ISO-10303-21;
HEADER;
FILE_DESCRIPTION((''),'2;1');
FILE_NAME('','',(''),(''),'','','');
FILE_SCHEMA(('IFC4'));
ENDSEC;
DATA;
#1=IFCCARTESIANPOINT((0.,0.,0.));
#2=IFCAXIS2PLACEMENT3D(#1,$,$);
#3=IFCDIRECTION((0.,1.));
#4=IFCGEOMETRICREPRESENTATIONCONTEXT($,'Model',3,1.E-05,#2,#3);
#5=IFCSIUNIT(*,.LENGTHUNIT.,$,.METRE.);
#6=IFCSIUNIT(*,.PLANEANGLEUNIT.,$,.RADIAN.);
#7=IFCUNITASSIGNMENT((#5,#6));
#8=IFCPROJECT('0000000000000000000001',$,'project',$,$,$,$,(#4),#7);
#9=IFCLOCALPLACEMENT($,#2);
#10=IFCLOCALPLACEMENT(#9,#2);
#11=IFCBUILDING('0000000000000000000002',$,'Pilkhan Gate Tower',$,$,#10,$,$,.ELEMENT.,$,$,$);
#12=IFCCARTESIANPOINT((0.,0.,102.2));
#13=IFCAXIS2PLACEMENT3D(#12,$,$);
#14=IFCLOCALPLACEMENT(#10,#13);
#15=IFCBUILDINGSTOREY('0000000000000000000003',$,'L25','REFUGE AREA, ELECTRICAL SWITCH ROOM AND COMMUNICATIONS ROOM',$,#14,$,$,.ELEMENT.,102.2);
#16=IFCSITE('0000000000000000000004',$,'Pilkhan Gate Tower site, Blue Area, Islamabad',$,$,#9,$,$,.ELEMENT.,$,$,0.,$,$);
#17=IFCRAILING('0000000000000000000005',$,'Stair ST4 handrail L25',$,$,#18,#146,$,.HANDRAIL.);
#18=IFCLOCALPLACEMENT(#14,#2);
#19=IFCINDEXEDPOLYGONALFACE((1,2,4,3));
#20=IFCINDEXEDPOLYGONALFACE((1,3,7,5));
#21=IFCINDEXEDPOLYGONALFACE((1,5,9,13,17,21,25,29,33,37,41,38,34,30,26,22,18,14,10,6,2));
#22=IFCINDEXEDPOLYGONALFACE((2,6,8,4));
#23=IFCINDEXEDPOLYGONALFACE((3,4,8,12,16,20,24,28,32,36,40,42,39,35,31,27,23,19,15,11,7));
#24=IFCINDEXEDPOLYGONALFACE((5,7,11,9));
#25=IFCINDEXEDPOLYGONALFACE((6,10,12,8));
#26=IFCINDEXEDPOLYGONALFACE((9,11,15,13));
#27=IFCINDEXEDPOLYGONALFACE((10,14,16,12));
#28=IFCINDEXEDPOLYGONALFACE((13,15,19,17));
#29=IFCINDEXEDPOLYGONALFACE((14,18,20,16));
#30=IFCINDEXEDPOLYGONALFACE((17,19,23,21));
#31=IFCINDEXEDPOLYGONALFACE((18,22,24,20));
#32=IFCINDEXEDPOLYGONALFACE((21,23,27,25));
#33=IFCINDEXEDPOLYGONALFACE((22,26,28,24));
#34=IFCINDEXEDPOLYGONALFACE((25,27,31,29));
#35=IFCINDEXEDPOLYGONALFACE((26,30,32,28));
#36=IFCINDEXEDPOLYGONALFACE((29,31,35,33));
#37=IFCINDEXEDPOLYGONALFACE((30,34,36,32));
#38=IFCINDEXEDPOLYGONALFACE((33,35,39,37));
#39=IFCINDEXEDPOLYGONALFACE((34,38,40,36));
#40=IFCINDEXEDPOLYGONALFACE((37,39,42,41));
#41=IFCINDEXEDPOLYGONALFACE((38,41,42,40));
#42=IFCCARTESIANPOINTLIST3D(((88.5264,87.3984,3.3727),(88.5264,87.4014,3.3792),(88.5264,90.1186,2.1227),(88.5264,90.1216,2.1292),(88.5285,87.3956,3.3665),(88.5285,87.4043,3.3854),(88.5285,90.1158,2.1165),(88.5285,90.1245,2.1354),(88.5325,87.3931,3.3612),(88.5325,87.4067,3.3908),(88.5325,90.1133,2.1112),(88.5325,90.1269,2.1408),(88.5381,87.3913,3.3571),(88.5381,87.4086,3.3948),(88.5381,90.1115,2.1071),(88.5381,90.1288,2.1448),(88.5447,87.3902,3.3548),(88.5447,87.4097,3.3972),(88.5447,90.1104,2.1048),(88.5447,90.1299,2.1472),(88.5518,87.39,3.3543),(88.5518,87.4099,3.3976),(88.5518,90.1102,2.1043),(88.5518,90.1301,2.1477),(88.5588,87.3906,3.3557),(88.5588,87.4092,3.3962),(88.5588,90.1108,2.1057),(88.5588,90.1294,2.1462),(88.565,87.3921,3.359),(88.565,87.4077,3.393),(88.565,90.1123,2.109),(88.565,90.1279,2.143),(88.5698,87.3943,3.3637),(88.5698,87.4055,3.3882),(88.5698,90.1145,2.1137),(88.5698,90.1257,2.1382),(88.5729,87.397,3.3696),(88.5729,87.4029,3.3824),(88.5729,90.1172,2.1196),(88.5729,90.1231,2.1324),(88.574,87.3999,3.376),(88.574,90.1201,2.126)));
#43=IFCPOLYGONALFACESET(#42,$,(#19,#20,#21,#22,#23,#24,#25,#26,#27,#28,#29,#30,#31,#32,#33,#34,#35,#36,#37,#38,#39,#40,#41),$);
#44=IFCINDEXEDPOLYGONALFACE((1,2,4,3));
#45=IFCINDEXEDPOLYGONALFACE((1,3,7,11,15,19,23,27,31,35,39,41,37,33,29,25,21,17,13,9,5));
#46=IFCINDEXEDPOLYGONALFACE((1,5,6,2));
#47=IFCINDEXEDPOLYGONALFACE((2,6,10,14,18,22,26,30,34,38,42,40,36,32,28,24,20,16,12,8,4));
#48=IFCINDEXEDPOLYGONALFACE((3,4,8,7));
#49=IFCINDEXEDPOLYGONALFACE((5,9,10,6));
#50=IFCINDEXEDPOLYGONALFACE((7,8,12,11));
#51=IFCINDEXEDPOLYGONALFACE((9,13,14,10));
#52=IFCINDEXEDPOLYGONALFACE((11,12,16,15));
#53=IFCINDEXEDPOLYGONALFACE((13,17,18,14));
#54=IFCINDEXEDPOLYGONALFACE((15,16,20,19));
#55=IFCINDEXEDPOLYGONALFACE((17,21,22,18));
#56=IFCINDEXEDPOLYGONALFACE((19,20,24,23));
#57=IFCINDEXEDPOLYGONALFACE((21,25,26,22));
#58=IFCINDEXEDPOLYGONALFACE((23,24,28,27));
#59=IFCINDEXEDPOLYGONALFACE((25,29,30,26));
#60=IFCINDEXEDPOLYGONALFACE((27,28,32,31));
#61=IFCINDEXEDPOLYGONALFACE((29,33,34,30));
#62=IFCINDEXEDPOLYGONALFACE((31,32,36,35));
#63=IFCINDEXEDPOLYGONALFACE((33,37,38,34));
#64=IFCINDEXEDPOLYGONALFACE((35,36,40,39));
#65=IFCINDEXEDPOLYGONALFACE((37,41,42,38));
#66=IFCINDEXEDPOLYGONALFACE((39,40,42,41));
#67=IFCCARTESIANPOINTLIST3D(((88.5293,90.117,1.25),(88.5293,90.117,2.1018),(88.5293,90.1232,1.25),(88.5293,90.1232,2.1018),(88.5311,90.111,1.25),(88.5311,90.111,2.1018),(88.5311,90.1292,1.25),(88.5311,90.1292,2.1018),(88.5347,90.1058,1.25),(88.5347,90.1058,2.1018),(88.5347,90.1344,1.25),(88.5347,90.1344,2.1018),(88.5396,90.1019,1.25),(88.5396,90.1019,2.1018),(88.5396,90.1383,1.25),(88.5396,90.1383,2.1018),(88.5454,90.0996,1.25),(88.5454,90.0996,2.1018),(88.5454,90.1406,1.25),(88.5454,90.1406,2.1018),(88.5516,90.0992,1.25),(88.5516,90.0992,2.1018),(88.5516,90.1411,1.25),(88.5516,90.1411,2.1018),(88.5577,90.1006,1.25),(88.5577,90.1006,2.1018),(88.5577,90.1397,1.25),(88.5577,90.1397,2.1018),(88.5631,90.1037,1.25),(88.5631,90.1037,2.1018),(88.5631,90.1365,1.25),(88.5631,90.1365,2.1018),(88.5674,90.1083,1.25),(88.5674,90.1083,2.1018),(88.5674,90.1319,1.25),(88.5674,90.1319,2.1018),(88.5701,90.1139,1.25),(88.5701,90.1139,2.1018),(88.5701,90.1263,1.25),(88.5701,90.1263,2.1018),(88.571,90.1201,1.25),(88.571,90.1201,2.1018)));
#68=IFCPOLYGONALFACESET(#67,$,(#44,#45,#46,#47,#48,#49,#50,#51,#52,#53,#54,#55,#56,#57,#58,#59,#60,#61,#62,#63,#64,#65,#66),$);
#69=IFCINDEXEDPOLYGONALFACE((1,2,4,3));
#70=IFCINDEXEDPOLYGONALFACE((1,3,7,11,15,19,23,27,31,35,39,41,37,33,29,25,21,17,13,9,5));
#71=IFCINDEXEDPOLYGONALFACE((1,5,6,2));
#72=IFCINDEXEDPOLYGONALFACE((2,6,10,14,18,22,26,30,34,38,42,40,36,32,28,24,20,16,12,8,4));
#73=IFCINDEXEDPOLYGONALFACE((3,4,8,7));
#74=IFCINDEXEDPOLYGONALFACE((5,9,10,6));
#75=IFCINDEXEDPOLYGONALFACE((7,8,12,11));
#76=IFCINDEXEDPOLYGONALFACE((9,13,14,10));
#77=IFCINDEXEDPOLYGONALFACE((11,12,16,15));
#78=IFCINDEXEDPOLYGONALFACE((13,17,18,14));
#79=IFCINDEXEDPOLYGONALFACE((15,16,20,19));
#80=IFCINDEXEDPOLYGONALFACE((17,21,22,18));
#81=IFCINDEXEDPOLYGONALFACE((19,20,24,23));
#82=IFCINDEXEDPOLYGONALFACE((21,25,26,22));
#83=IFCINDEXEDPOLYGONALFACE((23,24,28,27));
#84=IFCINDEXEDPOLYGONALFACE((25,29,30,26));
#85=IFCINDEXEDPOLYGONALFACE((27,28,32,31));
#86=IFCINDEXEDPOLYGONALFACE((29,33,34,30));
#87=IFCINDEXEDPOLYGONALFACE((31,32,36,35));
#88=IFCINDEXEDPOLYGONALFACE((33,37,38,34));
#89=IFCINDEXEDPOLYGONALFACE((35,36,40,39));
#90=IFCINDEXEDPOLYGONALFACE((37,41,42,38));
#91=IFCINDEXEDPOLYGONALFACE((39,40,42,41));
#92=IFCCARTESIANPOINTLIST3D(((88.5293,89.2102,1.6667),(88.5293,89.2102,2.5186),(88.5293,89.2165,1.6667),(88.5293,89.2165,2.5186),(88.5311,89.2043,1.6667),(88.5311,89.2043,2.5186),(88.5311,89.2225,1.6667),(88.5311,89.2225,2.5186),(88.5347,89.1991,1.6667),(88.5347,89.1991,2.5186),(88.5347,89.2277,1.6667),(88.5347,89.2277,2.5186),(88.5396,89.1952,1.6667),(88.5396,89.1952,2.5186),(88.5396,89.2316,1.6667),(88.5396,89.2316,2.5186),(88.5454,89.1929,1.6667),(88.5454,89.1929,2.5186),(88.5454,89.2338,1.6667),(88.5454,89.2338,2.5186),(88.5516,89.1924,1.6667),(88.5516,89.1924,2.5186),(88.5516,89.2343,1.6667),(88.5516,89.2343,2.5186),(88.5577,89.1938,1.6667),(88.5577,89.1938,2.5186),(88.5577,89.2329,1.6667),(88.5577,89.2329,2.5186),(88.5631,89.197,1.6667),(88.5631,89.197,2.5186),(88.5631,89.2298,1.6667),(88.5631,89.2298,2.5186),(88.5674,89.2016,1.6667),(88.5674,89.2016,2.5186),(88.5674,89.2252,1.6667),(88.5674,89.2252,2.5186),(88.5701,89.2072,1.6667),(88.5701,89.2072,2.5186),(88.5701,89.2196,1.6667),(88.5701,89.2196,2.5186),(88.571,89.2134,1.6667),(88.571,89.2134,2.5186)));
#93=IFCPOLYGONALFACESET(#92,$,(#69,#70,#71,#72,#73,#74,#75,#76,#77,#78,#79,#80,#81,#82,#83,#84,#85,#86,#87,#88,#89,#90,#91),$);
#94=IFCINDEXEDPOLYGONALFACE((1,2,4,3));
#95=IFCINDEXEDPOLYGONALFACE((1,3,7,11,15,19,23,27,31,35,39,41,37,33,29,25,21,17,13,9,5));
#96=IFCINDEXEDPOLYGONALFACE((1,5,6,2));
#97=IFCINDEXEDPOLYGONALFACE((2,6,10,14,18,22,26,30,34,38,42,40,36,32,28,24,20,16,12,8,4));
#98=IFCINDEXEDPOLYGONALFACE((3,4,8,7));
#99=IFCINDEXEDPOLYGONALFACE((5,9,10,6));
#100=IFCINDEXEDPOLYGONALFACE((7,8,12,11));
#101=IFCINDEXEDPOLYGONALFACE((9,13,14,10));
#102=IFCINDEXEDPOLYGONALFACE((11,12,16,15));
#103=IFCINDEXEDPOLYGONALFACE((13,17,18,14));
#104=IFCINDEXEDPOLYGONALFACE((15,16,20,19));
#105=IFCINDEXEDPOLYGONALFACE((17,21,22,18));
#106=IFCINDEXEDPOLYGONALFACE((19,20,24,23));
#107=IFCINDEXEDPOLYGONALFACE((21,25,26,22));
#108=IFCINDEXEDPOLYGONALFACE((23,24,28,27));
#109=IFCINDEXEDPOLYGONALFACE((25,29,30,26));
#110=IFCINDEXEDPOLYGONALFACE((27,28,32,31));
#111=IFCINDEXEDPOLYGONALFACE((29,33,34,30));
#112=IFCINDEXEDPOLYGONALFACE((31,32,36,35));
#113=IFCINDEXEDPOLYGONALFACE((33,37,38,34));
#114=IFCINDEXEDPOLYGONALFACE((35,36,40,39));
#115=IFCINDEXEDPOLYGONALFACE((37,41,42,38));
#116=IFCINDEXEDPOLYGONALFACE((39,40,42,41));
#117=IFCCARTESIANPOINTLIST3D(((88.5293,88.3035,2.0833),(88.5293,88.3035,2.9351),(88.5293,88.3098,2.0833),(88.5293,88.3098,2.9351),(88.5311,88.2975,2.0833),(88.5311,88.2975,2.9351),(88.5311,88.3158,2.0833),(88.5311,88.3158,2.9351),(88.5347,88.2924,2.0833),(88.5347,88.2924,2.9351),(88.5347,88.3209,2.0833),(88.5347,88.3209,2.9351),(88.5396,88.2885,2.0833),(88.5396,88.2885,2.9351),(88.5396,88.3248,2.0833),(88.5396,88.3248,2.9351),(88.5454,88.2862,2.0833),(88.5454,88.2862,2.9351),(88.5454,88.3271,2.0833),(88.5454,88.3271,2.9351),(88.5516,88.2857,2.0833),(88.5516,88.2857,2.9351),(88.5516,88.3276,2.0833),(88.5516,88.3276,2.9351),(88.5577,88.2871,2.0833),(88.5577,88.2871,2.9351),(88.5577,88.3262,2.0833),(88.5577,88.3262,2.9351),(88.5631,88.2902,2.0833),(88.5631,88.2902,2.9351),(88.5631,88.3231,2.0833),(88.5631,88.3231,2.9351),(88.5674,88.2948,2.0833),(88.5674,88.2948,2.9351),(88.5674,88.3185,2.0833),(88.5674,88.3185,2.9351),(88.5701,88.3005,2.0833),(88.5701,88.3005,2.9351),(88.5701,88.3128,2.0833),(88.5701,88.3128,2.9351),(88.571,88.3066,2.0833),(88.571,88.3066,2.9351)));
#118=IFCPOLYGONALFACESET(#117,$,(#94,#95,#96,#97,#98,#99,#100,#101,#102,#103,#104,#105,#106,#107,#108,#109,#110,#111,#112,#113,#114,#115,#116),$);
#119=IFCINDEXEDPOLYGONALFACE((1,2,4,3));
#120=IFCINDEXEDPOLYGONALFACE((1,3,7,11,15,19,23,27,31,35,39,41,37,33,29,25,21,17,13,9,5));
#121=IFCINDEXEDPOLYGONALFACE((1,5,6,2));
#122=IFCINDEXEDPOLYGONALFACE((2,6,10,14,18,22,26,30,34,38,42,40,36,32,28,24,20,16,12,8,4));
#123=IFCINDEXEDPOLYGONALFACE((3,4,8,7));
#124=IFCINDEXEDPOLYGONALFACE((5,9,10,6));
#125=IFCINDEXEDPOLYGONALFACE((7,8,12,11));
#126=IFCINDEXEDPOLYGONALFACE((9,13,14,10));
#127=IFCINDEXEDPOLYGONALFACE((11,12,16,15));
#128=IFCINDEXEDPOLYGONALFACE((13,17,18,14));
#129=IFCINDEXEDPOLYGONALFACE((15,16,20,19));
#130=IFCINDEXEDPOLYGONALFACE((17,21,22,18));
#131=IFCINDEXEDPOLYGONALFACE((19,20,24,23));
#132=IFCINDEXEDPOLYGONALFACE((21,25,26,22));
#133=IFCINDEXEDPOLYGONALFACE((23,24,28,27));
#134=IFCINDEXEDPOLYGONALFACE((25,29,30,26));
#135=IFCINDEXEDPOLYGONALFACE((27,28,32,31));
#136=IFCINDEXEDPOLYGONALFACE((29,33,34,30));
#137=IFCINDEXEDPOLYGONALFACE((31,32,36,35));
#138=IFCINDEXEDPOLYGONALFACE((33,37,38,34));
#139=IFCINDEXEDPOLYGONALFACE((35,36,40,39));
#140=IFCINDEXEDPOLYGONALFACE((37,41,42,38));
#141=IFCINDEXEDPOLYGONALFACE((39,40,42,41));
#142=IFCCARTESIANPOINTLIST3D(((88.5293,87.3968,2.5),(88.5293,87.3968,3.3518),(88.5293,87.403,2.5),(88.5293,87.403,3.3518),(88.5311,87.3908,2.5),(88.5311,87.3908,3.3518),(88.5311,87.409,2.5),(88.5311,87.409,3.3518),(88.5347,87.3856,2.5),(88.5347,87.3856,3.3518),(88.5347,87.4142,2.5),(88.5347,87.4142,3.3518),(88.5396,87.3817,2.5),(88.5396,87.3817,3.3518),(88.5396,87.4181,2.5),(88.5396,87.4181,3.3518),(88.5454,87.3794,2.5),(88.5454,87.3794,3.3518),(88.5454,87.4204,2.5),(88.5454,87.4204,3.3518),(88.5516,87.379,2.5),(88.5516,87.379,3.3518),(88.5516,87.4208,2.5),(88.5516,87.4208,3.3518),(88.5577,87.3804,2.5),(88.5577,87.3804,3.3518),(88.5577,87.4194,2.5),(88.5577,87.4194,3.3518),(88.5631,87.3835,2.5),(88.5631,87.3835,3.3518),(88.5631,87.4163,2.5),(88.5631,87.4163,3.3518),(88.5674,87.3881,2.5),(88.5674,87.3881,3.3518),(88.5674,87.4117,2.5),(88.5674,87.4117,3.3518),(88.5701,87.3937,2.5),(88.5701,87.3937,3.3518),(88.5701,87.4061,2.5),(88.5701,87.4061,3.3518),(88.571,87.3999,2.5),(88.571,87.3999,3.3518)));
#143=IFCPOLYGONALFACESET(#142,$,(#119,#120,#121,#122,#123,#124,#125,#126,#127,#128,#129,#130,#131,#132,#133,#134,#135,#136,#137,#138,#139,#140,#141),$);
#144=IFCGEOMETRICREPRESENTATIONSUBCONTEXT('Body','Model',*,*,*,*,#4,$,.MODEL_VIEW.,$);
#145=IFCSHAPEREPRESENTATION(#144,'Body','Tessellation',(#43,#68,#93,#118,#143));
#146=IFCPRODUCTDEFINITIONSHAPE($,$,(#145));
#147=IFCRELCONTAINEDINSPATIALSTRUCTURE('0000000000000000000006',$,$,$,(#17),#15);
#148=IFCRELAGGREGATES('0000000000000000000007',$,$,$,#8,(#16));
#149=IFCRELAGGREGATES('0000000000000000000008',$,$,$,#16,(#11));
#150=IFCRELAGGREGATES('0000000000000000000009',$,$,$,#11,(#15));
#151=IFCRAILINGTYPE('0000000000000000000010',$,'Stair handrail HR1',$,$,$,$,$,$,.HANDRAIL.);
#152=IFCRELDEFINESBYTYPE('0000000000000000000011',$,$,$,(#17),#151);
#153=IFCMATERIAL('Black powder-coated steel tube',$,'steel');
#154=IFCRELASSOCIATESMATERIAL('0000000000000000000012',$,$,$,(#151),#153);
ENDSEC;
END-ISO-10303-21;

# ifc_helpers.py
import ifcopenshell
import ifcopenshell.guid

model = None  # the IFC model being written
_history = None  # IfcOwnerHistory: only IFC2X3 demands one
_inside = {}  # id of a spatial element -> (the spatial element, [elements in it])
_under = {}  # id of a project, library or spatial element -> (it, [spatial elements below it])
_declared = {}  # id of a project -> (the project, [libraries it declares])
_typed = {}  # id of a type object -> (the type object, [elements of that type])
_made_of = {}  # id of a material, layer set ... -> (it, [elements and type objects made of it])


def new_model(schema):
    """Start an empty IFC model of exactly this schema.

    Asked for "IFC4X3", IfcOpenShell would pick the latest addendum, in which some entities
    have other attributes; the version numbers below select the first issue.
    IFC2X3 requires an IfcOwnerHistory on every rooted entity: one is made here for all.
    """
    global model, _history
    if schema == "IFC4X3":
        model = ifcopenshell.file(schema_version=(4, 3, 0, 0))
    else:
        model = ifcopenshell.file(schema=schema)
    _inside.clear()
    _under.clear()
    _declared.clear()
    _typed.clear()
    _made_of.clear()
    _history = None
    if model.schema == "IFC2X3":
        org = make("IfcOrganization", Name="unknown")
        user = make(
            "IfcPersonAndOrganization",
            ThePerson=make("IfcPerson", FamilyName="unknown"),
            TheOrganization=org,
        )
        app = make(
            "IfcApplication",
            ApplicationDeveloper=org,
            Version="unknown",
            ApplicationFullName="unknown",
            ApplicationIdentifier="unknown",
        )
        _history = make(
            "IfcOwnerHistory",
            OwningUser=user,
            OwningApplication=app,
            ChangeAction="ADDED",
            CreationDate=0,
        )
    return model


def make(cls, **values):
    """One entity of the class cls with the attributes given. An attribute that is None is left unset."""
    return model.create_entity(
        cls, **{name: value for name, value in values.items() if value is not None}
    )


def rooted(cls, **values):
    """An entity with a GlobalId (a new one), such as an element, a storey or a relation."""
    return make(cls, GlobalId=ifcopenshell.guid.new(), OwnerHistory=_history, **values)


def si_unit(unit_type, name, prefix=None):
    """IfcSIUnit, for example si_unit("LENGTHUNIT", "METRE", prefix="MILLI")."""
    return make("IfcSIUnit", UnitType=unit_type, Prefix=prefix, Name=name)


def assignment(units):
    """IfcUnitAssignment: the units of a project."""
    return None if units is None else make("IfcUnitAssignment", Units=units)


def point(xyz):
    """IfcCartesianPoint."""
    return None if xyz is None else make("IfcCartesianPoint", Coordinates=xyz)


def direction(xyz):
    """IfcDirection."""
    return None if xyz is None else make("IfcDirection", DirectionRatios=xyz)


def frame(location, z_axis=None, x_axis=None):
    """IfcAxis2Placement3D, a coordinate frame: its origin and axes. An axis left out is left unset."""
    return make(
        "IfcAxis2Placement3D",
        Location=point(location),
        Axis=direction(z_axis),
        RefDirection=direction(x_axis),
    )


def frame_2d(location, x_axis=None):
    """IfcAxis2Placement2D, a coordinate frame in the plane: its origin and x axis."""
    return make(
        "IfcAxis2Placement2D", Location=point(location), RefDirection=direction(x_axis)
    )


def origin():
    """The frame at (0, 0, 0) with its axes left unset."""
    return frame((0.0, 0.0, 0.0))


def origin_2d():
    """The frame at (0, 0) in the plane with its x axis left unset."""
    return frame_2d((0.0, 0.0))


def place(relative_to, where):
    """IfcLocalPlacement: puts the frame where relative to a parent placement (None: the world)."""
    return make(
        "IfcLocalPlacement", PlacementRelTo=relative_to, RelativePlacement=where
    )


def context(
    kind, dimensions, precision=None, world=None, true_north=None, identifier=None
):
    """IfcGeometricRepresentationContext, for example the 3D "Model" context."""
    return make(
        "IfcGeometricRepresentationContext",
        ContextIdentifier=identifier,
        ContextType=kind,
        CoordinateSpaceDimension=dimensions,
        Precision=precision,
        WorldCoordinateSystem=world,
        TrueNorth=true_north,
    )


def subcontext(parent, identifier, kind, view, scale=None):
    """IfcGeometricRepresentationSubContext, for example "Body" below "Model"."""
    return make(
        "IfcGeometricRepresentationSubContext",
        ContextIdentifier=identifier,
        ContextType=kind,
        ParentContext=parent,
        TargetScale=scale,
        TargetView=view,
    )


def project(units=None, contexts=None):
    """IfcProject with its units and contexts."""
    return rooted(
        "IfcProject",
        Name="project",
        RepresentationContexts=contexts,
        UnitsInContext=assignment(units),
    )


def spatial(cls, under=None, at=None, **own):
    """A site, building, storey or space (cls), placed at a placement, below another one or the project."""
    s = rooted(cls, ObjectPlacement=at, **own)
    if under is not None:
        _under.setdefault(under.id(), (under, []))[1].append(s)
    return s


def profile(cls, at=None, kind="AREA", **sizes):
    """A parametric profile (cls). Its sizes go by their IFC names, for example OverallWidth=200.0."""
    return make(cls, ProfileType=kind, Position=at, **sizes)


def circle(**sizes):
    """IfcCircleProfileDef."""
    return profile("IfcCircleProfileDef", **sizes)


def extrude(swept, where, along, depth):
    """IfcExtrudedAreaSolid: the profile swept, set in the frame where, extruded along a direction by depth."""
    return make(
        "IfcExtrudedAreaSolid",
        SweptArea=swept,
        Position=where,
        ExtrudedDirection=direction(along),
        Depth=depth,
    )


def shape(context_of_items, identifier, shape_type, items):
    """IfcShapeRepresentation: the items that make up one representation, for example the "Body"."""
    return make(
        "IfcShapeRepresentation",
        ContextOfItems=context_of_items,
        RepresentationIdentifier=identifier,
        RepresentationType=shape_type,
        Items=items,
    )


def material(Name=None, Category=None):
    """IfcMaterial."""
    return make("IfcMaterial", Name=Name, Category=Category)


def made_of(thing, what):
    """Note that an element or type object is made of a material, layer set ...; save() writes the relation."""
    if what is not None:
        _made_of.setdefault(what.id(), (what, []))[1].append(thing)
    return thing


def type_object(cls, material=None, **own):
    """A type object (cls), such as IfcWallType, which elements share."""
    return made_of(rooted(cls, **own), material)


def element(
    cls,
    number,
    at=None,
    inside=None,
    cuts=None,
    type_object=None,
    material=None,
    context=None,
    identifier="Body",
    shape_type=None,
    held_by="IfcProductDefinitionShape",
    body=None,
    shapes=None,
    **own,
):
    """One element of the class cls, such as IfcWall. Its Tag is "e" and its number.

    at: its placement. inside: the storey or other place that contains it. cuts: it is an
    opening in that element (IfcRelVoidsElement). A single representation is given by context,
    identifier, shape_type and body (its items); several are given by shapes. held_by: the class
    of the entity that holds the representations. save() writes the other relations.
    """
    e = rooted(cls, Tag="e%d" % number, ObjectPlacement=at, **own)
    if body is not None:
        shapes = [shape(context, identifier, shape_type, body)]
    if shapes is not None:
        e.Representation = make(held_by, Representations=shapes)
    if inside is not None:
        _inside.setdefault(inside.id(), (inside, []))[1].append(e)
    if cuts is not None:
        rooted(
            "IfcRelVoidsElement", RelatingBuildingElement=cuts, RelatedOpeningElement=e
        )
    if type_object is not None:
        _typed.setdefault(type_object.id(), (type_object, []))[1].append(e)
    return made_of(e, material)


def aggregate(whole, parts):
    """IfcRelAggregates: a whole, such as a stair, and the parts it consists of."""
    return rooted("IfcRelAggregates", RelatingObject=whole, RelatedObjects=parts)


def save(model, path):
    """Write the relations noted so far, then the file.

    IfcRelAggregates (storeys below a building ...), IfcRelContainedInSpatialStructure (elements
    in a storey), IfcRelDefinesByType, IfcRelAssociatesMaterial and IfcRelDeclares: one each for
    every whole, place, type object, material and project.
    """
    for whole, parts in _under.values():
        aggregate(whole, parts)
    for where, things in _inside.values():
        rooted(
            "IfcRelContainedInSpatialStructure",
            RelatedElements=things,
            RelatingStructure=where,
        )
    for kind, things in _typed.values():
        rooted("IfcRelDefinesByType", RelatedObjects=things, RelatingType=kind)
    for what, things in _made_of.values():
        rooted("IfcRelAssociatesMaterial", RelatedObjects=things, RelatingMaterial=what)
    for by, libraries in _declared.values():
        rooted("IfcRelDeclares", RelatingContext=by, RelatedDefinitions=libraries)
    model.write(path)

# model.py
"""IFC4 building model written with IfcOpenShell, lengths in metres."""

from ifc_helpers import new_model, si_unit, direction, frame, origin, origin_2d, place, context, subcontext, project, spatial, circle, extrude, material, type_object, element, save


model = new_model("IFC4")

# Units and contexts
model_context = context("Model", 3, precision=1e-05, world=origin(), true_north=direction((0.0, 1.0)))
body_context = subcontext(model_context, "Body", "Model", "MODEL_VIEW")
ifc_project = project(units=[si_unit("LENGTHUNIT", "METRE"), si_unit("PLANEANGLEUNIT", "RADIAN")], contexts=[model_context])

# Site, building, storey
site_placement = place(None, origin())
site = spatial("IfcSite", under=ifc_project, at=site_placement, Name="Pilkhan Gate Tower site, Blue Area, Islamabad", CompositionType="ELEMENT", RefElevation=0.0)
building_placement = place(site_placement, origin())
building = spatial("IfcBuilding", under=site, at=building_placement, Name="Pilkhan Gate Tower", CompositionType="ELEMENT")
storey_placement = place(building_placement, frame((0.0, 0.0, 102.2)))
storey = spatial("IfcBuildingStorey", under=building, at=storey_placement, Name="L25", Description="REFUGE AREA, ELECTRICAL SWITCH ROOM AND COMMUNICATIONS ROOM", CompositionType="ELEMENT", Elevation=102.2)

# Railing
ifc_material_1 = material(Name="Black powder-coated steel tube", Category="steel")
railing_type_1 = type_object("IfcRailingType", Name="Stair handrail HR1", PredefinedType="HANDRAIL", material=ifc_material_1)
railing_1_placement = place(storey_placement, frame((88.55, 90.1201, 1.25)))
element("IfcRailing", 1, at=railing_1_placement, inside=storey, type_object=railing_type_1, Name="Stair ST4 handrail L25", PredefinedType="HANDRAIL", context=body_context, shape_type="SweptSolid", body=[
    extrude(circle(Radius=0.0239, at=origin_2d()), frame((0.0, 0.0, 0.876), z_axis=(0.0, -0.908655, 0.417547), x_axis=(1.0, 0.0, 0.0)), (0.0, 0.0, 1.0), 2.9937),
    extrude(circle(Radius=0.021, at=origin_2d()), origin(), (0.0, 0.0, 1.0), 0.8518),
    extrude(circle(Radius=0.021, at=origin_2d()), frame((0.0, -0.9067, 0.4167)), (0.0, 0.0, 1.0), 0.8518),
    extrude(circle(Radius=0.021, at=origin_2d()), frame((0.0, -1.8135, 0.8333)), (0.0, 0.0, 1.0), 0.8518),
    extrude(circle(Radius=0.021, at=origin_2d()), frame((0.0, -2.7202, 1.25)), (0.0, 0.0, 1.0), 0.8518),
])

save(model, "model.ifc")
